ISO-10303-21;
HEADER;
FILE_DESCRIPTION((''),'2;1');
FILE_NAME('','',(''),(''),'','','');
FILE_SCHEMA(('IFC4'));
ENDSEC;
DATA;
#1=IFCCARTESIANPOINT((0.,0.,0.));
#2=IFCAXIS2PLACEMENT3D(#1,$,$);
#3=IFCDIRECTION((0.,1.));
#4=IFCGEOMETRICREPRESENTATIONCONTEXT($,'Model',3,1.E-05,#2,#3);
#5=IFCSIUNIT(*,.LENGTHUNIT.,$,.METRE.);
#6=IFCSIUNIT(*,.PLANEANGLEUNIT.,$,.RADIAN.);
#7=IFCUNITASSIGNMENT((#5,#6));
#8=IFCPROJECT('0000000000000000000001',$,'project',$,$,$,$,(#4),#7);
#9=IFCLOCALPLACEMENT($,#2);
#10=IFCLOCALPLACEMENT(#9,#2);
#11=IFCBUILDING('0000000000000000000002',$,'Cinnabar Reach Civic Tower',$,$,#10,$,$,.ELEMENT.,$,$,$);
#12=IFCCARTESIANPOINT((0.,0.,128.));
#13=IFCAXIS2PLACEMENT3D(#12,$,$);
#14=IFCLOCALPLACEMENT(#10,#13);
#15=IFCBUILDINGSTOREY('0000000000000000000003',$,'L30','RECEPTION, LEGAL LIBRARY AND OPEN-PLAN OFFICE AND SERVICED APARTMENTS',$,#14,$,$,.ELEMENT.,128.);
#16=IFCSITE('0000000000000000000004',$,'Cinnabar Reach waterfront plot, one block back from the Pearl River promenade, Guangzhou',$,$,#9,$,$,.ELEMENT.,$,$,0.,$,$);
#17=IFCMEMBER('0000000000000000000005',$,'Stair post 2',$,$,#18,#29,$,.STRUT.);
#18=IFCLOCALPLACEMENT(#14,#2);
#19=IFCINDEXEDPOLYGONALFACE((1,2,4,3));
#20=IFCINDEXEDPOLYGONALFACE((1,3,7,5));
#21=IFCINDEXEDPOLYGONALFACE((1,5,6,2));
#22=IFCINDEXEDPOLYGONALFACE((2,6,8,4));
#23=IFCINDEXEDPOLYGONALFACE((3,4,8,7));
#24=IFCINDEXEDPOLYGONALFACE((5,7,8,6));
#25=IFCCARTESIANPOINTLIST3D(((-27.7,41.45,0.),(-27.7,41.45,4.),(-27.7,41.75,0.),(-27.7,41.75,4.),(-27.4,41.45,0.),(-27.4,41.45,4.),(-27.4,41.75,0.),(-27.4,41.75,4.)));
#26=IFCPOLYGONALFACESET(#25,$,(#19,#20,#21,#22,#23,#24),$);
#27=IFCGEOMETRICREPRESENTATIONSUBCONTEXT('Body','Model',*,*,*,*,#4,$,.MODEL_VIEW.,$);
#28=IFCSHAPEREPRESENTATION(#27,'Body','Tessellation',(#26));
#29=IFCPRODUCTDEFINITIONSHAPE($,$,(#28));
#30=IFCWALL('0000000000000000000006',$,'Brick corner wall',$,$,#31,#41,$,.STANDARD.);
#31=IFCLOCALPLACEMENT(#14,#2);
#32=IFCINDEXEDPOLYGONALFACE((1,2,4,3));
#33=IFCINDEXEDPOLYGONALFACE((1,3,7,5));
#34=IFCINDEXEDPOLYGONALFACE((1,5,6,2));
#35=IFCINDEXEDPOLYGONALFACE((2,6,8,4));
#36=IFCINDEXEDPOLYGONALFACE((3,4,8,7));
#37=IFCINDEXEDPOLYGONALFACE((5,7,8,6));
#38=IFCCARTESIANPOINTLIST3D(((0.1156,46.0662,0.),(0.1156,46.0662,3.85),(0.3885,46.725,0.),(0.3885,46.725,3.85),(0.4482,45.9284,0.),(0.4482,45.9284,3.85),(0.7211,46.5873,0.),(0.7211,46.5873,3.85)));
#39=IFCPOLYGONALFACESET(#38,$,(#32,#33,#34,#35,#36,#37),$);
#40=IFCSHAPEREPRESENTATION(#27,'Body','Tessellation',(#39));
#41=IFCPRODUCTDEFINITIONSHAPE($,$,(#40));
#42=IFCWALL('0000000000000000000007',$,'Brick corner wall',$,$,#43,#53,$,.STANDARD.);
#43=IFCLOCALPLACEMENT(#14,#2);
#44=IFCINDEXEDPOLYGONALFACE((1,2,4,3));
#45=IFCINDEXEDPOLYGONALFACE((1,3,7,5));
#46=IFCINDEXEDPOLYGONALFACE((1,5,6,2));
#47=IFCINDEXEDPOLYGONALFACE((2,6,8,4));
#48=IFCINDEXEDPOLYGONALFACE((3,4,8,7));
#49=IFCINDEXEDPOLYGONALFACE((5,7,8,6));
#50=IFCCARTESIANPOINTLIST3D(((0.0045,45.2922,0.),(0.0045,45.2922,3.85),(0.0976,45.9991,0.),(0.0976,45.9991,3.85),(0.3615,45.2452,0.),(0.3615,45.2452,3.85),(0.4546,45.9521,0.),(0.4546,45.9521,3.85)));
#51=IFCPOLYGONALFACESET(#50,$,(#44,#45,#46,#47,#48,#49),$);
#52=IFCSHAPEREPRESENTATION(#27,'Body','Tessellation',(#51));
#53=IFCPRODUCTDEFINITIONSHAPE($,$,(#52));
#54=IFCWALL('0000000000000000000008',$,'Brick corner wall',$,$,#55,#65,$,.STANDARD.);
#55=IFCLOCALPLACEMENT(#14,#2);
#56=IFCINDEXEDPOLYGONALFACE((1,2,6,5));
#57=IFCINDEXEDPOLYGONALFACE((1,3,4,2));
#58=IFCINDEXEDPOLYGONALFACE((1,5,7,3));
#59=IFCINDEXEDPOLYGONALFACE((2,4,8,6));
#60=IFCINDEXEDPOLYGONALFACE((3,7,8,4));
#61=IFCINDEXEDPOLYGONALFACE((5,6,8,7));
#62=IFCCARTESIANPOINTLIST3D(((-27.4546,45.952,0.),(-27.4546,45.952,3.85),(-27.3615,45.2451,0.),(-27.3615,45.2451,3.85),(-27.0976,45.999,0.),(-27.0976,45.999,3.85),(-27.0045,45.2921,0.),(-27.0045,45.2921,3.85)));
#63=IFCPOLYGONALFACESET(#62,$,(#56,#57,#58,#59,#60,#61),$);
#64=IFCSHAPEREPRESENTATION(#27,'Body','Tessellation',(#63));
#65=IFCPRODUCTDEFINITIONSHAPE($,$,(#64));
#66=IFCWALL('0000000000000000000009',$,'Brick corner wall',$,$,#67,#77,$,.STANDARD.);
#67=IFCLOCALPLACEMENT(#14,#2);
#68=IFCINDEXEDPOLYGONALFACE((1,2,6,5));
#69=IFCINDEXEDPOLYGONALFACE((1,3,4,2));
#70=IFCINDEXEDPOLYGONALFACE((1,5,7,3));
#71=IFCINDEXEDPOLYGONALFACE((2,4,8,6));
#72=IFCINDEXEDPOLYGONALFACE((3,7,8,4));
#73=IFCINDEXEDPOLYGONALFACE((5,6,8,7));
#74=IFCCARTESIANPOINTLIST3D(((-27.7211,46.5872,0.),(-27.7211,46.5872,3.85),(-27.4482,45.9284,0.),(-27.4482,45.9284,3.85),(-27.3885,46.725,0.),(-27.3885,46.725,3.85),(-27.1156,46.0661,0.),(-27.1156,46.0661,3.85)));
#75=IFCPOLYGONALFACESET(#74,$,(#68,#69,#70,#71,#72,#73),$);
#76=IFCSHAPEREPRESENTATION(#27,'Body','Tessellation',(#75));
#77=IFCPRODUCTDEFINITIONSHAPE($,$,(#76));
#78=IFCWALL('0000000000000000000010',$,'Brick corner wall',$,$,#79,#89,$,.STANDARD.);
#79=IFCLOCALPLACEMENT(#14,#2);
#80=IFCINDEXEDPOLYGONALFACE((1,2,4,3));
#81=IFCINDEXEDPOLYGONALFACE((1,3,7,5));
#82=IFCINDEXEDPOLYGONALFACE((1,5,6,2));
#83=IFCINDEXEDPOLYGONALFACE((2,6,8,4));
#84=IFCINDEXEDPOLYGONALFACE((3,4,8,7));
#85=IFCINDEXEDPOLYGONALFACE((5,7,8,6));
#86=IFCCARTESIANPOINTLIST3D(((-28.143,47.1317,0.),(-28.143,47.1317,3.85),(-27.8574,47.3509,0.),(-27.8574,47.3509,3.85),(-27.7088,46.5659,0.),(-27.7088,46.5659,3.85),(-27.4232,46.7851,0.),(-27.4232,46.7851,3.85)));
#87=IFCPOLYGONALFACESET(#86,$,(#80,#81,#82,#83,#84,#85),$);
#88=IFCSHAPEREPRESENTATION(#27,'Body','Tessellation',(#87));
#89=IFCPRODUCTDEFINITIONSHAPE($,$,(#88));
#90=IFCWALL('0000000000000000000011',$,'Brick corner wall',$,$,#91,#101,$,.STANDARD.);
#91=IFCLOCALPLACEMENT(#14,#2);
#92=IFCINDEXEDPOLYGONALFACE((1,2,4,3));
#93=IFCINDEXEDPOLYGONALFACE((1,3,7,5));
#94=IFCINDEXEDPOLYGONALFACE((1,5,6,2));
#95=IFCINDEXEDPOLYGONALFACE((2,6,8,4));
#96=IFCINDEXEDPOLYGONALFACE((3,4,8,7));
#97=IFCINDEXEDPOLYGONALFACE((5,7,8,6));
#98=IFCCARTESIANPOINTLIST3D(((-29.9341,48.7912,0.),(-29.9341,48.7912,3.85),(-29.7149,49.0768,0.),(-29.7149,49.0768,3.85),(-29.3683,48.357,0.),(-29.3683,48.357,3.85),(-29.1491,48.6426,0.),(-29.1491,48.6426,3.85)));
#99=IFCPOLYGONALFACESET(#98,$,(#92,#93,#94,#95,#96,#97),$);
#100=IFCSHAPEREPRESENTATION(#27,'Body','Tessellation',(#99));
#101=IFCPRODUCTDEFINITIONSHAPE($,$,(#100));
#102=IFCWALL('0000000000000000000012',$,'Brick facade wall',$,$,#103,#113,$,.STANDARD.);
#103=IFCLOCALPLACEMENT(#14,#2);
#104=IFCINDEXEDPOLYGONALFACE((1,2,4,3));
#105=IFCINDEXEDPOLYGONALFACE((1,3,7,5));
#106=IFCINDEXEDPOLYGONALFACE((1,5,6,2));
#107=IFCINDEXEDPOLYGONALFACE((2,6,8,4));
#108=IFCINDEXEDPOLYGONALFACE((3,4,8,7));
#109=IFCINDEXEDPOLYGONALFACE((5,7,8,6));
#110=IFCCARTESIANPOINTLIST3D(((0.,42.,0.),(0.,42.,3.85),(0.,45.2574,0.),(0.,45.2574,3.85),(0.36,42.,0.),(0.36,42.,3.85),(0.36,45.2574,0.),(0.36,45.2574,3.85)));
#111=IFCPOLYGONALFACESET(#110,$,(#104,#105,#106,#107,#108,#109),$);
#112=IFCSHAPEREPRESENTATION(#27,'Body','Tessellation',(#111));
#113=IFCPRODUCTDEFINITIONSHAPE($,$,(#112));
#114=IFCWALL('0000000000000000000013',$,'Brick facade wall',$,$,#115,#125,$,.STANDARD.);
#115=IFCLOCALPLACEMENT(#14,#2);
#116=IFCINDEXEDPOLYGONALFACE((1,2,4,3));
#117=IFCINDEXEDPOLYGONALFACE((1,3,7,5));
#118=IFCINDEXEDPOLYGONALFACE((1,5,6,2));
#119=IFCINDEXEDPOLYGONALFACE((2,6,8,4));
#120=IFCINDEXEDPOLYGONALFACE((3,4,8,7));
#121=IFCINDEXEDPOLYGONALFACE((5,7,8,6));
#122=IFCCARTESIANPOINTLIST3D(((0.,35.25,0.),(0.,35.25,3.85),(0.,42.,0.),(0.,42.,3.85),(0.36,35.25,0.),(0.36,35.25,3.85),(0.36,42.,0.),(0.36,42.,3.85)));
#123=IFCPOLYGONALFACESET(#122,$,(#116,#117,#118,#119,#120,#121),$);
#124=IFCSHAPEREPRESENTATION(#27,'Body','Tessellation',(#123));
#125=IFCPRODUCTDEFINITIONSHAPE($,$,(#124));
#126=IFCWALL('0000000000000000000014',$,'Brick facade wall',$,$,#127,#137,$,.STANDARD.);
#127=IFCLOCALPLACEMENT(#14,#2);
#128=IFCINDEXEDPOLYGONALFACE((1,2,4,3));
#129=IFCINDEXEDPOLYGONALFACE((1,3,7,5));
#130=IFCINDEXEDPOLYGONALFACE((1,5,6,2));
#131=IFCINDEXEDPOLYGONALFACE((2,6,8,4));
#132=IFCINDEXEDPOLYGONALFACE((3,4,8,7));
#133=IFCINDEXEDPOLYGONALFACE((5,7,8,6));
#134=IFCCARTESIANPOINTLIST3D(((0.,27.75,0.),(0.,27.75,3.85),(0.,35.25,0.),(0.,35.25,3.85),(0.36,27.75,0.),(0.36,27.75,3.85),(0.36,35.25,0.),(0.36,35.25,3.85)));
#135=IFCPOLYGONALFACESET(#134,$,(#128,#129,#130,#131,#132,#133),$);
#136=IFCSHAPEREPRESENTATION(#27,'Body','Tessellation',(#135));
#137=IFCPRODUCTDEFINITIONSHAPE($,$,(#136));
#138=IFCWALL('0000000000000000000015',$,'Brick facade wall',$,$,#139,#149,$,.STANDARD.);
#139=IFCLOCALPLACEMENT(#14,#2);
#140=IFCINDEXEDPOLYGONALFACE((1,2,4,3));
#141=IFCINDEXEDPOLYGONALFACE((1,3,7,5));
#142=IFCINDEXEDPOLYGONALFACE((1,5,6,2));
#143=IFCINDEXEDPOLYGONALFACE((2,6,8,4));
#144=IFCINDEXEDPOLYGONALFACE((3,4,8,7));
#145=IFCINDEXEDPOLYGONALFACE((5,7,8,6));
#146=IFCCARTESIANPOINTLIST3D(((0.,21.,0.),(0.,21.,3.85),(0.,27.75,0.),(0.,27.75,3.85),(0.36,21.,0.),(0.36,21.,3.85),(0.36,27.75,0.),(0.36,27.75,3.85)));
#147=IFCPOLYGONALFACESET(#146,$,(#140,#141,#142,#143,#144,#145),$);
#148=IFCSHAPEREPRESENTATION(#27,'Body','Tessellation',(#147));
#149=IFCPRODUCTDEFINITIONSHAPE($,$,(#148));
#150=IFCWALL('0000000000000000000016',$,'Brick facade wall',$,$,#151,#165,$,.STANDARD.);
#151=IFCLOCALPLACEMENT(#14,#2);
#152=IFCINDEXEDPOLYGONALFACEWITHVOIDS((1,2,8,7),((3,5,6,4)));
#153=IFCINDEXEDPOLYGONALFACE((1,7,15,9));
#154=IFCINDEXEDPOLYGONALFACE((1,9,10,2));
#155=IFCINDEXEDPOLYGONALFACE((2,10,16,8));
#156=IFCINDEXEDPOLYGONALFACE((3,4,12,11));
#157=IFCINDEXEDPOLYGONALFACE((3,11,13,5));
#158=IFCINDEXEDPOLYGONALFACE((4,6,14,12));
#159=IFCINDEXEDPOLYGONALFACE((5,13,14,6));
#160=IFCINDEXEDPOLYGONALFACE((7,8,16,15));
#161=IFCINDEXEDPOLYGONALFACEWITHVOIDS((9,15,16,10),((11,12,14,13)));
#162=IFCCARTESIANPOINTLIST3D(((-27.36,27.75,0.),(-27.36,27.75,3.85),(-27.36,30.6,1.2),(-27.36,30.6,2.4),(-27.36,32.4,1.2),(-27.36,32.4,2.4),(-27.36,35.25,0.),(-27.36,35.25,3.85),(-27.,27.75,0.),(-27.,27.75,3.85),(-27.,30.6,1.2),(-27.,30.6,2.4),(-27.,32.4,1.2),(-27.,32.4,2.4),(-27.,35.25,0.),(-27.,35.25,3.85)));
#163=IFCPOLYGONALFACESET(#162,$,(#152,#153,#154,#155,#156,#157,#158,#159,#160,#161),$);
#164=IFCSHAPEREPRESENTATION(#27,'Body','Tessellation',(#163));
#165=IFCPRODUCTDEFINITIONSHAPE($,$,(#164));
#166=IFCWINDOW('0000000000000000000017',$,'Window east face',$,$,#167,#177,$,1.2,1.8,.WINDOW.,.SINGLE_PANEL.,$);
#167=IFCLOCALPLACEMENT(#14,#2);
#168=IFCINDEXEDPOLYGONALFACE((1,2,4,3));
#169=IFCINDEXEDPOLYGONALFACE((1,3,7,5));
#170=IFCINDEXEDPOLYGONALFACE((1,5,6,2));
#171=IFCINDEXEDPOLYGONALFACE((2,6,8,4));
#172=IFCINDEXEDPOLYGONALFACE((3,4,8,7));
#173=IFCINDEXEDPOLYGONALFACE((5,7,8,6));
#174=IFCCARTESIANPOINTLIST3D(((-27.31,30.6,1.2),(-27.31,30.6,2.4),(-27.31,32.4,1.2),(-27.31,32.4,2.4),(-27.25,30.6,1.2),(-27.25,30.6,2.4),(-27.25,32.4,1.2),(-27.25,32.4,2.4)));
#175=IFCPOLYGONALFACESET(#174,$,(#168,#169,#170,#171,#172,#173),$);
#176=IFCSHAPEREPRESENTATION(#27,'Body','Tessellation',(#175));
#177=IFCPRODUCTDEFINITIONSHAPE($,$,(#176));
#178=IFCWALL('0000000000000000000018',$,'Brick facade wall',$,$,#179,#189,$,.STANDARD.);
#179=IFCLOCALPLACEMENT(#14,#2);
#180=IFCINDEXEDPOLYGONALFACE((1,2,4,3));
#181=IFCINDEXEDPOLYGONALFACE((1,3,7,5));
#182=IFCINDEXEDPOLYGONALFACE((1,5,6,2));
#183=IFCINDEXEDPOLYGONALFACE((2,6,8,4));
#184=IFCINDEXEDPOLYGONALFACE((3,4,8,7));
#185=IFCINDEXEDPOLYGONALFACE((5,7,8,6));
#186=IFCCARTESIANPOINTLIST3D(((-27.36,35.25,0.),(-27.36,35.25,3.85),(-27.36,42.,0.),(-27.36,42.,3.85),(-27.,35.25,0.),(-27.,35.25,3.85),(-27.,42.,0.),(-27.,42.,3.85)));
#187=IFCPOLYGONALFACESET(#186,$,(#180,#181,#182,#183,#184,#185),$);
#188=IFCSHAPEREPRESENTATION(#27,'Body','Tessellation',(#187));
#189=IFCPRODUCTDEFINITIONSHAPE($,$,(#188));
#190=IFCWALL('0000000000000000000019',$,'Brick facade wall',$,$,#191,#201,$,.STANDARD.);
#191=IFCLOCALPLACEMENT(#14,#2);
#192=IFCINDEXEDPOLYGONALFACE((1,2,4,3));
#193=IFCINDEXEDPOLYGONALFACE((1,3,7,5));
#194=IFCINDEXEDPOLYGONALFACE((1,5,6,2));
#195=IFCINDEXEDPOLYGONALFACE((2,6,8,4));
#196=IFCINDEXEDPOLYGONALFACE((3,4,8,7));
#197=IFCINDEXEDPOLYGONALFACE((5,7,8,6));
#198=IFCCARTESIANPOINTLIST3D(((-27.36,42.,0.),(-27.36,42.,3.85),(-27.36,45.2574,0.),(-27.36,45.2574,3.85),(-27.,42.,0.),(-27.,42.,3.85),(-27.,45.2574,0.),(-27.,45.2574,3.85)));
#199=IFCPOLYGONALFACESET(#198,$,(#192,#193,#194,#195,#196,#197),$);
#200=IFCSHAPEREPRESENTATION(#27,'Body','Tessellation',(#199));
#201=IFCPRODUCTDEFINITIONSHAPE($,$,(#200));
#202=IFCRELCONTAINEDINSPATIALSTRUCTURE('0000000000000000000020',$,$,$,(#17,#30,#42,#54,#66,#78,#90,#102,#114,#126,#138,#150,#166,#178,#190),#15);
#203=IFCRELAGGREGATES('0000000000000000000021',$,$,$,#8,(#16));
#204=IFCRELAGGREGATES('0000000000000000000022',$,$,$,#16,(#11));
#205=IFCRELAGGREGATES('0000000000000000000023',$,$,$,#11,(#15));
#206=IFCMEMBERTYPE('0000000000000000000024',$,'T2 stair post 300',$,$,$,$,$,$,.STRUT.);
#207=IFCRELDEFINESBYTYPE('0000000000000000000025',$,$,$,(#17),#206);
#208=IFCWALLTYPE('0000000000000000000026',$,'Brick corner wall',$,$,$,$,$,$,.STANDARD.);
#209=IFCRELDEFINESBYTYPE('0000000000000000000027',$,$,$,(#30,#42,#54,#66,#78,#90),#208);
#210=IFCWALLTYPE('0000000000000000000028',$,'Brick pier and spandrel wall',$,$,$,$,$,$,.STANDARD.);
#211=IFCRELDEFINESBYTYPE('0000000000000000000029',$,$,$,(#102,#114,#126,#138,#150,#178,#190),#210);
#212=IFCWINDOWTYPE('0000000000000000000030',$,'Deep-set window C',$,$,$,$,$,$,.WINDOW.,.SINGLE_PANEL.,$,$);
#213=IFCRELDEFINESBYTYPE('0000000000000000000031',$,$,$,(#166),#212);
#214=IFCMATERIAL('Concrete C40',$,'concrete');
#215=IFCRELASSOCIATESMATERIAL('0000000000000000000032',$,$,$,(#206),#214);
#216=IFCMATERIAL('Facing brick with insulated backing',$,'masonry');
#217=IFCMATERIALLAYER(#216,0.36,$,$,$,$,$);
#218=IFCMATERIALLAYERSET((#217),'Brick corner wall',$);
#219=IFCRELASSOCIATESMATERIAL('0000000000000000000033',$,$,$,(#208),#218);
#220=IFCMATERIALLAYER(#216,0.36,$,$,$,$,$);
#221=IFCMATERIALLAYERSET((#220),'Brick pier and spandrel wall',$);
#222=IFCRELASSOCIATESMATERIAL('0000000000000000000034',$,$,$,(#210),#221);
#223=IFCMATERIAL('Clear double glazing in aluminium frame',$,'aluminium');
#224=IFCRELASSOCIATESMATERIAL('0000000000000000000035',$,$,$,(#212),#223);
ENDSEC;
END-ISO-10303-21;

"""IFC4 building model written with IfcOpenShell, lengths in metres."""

from ifc_helpers import new_model, si_unit, direction, frame, frame_2d, origin, origin_2d, place, context, subcontext, project, spatial, rectangle, extrude, material, layer, layer_set, material_profile, profile_set, type_object, element, fill, save


model = new_model("IFC4")

# Units and contexts
model_context = context("Model", 3, precision=1e-05, world=origin(), true_north=direction((0.0, 1.0)))
body_context = subcontext(model_context, "Body", "Model", "MODEL_VIEW")
ifc_project = project(units=[si_unit("LENGTHUNIT", "METRE"), si_unit("PLANEANGLEUNIT", "RADIAN")], contexts=[model_context])

# Site, building, storey
site_placement = place(None, origin())
site = spatial("IfcSite", under=ifc_project, at=site_placement, Name="Cinnabar Reach waterfront plot, one block back from the Pearl River promenade, Guangzhou", CompositionType="ELEMENT", RefElevation=0.0)
building_placement = place(site_placement, origin())
building = spatial("IfcBuilding", under=site, at=building_placement, Name="Cinnabar Reach Civic Tower", CompositionType="ELEMENT")
storey_placement = place(building_placement, frame((0.0, 0.0, 128.0)))
storey = spatial("IfcBuildingStorey", under=building, at=storey_placement, Name="L30", Description="RECEPTION, LEGAL LIBRARY AND OPEN-PLAN OFFICE AND SERVICED APARTMENTS", CompositionType="ELEMENT", Elevation=128.0)

# Member
ifc_material_1 = material(Name="Concrete C40", Category="concrete")
ifc_material_profile_1 = material_profile(ifc_material_1, rectangle(XDim=0.3, YDim=0.3, at=origin_2d()), Name="C300")
ifc_profile_set_1 = profile_set([ifc_material_profile_1], Name="Concrete C40")
member_type = type_object("IfcMemberType", Name="T2 stair post 300", PredefinedType="STRUT", material=ifc_profile_set_1)
member_placement = place(storey_placement, frame((-27.55, 41.6, 0.0), z_axis=(0.0, 0.0, 1.0), x_axis=(1.0, 0.0, 0.0)))
element("IfcMember", 1, at=member_placement, inside=storey, type_object=member_type, Name="Stair post 2", PredefinedType="STRUT", context=body_context, shape_type="SweptSolid", body=[
    extrude(rectangle(XDim=0.3, YDim=0.3, at=origin_2d()), origin(), (0.0, 0.0, 1.0), 4.0),
])

# Walls
ifc_material_2 = material(Name="Facing brick with insulated backing", Category="masonry")
ifc_layer_1 = layer(ifc_material_2, 0.36)
ifc_layer_set_1 = layer_set([ifc_layer_1], Name="Brick corner wall")
wall_type_1 = type_object("IfcWallType", Name="Brick corner wall", PredefinedType="STANDARD", material=ifc_layer_set_1)
for number, where, z_axis, x_axis, name in (
    (2, (0.5548, 46.6561, 0.0), (0.0, 0.0, 1.0), (-0.382703, -0.923872, 0.0), "Brick corner wall"),
    (3, (0.2761, 45.9756, 0.0), (0.0, 0.0, 1.0), (-0.130556, -0.991441, 0.0), "Brick corner wall"),
    (4, (-27.183, 45.2686, 0.0), (0.0, 0.0, 1.0), (-0.130556, 0.991441, 0.0), "Brick corner wall"),
    (5, (-27.2819, 45.9973, 0.0), (0.0, 0.0, 1.0), (-0.382703, 0.923872, 0.0), "Brick corner wall"),
):
    element("IfcWall", number, at=place(storey_placement, frame(where, z_axis=z_axis, x_axis=x_axis)), inside=storey, type_object=wall_type_1, Name=name, PredefinedType="STANDARD", context=body_context, shape_type="SweptSolid", body=[
        extrude(rectangle(XDim=0.7131, YDim=0.36, at=frame_2d((0.3565, 0.0))), origin(), (0.0, 0.0, 1.0), 3.85),
    ])
for number, where, z_axis, x_axis, name in (
    (6, (-27.566, 46.6755, 0.0), (0.0, 0.0, 1.0), (-0.608802, 0.793322, 0.0), "Brick corner wall"),
    (7, (-29.2587, 48.4998, 0.0), (0.0, 0.0, 1.0), (-0.793322, 0.608802, 0.0), "Brick corner wall"),
):
    element("IfcWall", number, at=place(storey_placement, frame(where, z_axis=z_axis, x_axis=x_axis)), inside=storey, type_object=wall_type_1, Name=name, PredefinedType="STANDARD", context=body_context, shape_type="SweptSolid", body=[
        extrude(rectangle(XDim=0.7132, YDim=0.36, at=frame_2d((0.3566, 0.0))), origin(), (0.0, 0.0, 1.0), 3.85),
    ])
ifc_layer_2 = layer(ifc_material_2, 0.36)
ifc_layer_set_2 = layer_set([ifc_layer_2], Name="Brick pier and spandrel wall")
wall_type_2 = type_object("IfcWallType", Name="Brick pier and spandrel wall", PredefinedType="STANDARD", material=ifc_layer_set_2)
wall_1_placement = place(storey_placement, frame((0.18, 45.2574, 0.0), z_axis=(0.0, 0.0, 1.0), x_axis=(0.0, -1.0, 0.0)))
element("IfcWall", 8, at=wall_1_placement, inside=storey, type_object=wall_type_2, Name="Brick facade wall", PredefinedType="STANDARD", context=body_context, shape_type="SweptSolid", body=[
    extrude(rectangle(XDim=3.2574, YDim=0.36, at=frame_2d((1.6287, 0.0))), origin(), (0.0, 0.0, 1.0), 3.85),
])
wall_2_placement = place(storey_placement, frame((0.18, 42.0, 0.0), z_axis=(0.0, 0.0, 1.0), x_axis=(0.0, -1.0, 0.0)))
element("IfcWall", 9, at=wall_2_placement, inside=storey, type_object=wall_type_2, Name="Brick facade wall", PredefinedType="STANDARD", context=body_context, shape_type="SweptSolid", body=[
    extrude(rectangle(XDim=6.75, YDim=0.36, at=frame_2d((3.375, 0.0))), origin(), (0.0, 0.0, 1.0), 3.85),
])
wall_3_placement = place(storey_placement, frame((0.18, 35.25, 0.0), z_axis=(0.0, 0.0, 1.0), x_axis=(0.0, -1.0, 0.0)))
element("IfcWall", 10, at=wall_3_placement, inside=storey, type_object=wall_type_2, Name="Brick facade wall", PredefinedType="STANDARD", context=body_context, shape_type="SweptSolid", body=[
    extrude(rectangle(XDim=7.5, YDim=0.36, at=frame_2d((3.75, 0.0))), origin(), (0.0, 0.0, 1.0), 3.85),
])
wall_4_placement = place(storey_placement, frame((0.18, 27.75, 0.0), z_axis=(0.0, 0.0, 1.0), x_axis=(0.0, -1.0, 0.0)))
element("IfcWall", 11, at=wall_4_placement, inside=storey, type_object=wall_type_2, Name="Brick facade wall", PredefinedType="STANDARD", context=body_context, shape_type="SweptSolid", body=[
    extrude(rectangle(XDim=6.75, YDim=0.36, at=frame_2d((3.375, 0.0))), origin(), (0.0, 0.0, 1.0), 3.85),
])

# Wall, opening, window
wall_5_placement = place(storey_placement, frame((-27.18, 27.75, 0.0), z_axis=(0.0, 0.0, 1.0), x_axis=(0.0, 1.0, 0.0)))
wall_5 = element("IfcWall", 12, at=wall_5_placement, inside=storey, type_object=wall_type_2, Name="Brick facade wall", PredefinedType="STANDARD", context=body_context, shape_type="SweptSolid", body=[
    extrude(rectangle(XDim=7.5, YDim=0.36, at=frame_2d((3.75, 0.0))), origin(), (0.0, 0.0, 1.0), 3.85),
])
opening_1_placement = place(wall_5_placement, frame((2.85, 0.0, 1.2)))
opening_1 = element("IfcOpeningElement", 13, at=opening_1_placement, cuts=wall_5, PredefinedType="OPENING", context=body_context, shape_type="SweptSolid", body=[
    extrude(rectangle(XDim=1.8, YDim=1.2, at=frame_2d((0.9, 0.6))), frame((0.0, 0.19, 0.0), z_axis=(0.0, -1.0, 0.0), x_axis=(1.0, 0.0, 0.0)), (0.0, 0.0, 1.0), 0.38),
])
ifc_material_3 = material(Name="Clear double glazing in aluminium frame", Category="aluminium")
window_type = type_object("IfcWindowType", Name="Deep-set window C", PartitioningType="SINGLE_PANEL", PredefinedType="WINDOW", material=ifc_material_3)
window_placement = place(opening_1_placement, origin())
window = element("IfcWindow", 14, at=window_placement, inside=storey, type_object=window_type, Name="Window east face", OverallHeight=1.2, OverallWidth=1.8, PartitioningType="SINGLE_PANEL", PredefinedType="WINDOW", context=body_context, shape_type="SweptSolid", body=[
    extrude(rectangle(XDim=1.8, YDim=1.2, at=frame_2d((0.9, 0.6))), frame((0.0, 0.13, 0.0), z_axis=(0.0, -1.0, 0.0), x_axis=(1.0, 0.0, 0.0)), (0.0, 0.0, 1.0), 0.06),
])
fill(opening_1, window)

# Walls
wall_6_placement = place(storey_placement, frame((-27.18, 35.25, 0.0), z_axis=(0.0, 0.0, 1.0), x_axis=(0.0, 1.0, 0.0)))
element("IfcWall", 15, at=wall_6_placement, inside=storey, type_object=wall_type_2, Name="Brick facade wall", PredefinedType="STANDARD", context=body_context, shape_type="SweptSolid", body=[
    extrude(rectangle(XDim=6.75, YDim=0.36, at=frame_2d((3.375, 0.0))), origin(), (0.0, 0.0, 1.0), 3.85),
])
wall_7_placement = place(storey_placement, frame((-27.18, 42.0, 0.0), z_axis=(0.0, 0.0, 1.0), x_axis=(0.0, 1.0, 0.0)))
element("IfcWall", 16, at=wall_7_placement, inside=storey, type_object=wall_type_2, Name="Brick facade wall", PredefinedType="STANDARD", context=body_context, shape_type="SweptSolid", body=[
    extrude(rectangle(XDim=3.2574, YDim=0.36, at=frame_2d((1.6287, 0.0))), origin(), (0.0, 0.0, 1.0), 3.85),
])

save(model, "model.ifc")
